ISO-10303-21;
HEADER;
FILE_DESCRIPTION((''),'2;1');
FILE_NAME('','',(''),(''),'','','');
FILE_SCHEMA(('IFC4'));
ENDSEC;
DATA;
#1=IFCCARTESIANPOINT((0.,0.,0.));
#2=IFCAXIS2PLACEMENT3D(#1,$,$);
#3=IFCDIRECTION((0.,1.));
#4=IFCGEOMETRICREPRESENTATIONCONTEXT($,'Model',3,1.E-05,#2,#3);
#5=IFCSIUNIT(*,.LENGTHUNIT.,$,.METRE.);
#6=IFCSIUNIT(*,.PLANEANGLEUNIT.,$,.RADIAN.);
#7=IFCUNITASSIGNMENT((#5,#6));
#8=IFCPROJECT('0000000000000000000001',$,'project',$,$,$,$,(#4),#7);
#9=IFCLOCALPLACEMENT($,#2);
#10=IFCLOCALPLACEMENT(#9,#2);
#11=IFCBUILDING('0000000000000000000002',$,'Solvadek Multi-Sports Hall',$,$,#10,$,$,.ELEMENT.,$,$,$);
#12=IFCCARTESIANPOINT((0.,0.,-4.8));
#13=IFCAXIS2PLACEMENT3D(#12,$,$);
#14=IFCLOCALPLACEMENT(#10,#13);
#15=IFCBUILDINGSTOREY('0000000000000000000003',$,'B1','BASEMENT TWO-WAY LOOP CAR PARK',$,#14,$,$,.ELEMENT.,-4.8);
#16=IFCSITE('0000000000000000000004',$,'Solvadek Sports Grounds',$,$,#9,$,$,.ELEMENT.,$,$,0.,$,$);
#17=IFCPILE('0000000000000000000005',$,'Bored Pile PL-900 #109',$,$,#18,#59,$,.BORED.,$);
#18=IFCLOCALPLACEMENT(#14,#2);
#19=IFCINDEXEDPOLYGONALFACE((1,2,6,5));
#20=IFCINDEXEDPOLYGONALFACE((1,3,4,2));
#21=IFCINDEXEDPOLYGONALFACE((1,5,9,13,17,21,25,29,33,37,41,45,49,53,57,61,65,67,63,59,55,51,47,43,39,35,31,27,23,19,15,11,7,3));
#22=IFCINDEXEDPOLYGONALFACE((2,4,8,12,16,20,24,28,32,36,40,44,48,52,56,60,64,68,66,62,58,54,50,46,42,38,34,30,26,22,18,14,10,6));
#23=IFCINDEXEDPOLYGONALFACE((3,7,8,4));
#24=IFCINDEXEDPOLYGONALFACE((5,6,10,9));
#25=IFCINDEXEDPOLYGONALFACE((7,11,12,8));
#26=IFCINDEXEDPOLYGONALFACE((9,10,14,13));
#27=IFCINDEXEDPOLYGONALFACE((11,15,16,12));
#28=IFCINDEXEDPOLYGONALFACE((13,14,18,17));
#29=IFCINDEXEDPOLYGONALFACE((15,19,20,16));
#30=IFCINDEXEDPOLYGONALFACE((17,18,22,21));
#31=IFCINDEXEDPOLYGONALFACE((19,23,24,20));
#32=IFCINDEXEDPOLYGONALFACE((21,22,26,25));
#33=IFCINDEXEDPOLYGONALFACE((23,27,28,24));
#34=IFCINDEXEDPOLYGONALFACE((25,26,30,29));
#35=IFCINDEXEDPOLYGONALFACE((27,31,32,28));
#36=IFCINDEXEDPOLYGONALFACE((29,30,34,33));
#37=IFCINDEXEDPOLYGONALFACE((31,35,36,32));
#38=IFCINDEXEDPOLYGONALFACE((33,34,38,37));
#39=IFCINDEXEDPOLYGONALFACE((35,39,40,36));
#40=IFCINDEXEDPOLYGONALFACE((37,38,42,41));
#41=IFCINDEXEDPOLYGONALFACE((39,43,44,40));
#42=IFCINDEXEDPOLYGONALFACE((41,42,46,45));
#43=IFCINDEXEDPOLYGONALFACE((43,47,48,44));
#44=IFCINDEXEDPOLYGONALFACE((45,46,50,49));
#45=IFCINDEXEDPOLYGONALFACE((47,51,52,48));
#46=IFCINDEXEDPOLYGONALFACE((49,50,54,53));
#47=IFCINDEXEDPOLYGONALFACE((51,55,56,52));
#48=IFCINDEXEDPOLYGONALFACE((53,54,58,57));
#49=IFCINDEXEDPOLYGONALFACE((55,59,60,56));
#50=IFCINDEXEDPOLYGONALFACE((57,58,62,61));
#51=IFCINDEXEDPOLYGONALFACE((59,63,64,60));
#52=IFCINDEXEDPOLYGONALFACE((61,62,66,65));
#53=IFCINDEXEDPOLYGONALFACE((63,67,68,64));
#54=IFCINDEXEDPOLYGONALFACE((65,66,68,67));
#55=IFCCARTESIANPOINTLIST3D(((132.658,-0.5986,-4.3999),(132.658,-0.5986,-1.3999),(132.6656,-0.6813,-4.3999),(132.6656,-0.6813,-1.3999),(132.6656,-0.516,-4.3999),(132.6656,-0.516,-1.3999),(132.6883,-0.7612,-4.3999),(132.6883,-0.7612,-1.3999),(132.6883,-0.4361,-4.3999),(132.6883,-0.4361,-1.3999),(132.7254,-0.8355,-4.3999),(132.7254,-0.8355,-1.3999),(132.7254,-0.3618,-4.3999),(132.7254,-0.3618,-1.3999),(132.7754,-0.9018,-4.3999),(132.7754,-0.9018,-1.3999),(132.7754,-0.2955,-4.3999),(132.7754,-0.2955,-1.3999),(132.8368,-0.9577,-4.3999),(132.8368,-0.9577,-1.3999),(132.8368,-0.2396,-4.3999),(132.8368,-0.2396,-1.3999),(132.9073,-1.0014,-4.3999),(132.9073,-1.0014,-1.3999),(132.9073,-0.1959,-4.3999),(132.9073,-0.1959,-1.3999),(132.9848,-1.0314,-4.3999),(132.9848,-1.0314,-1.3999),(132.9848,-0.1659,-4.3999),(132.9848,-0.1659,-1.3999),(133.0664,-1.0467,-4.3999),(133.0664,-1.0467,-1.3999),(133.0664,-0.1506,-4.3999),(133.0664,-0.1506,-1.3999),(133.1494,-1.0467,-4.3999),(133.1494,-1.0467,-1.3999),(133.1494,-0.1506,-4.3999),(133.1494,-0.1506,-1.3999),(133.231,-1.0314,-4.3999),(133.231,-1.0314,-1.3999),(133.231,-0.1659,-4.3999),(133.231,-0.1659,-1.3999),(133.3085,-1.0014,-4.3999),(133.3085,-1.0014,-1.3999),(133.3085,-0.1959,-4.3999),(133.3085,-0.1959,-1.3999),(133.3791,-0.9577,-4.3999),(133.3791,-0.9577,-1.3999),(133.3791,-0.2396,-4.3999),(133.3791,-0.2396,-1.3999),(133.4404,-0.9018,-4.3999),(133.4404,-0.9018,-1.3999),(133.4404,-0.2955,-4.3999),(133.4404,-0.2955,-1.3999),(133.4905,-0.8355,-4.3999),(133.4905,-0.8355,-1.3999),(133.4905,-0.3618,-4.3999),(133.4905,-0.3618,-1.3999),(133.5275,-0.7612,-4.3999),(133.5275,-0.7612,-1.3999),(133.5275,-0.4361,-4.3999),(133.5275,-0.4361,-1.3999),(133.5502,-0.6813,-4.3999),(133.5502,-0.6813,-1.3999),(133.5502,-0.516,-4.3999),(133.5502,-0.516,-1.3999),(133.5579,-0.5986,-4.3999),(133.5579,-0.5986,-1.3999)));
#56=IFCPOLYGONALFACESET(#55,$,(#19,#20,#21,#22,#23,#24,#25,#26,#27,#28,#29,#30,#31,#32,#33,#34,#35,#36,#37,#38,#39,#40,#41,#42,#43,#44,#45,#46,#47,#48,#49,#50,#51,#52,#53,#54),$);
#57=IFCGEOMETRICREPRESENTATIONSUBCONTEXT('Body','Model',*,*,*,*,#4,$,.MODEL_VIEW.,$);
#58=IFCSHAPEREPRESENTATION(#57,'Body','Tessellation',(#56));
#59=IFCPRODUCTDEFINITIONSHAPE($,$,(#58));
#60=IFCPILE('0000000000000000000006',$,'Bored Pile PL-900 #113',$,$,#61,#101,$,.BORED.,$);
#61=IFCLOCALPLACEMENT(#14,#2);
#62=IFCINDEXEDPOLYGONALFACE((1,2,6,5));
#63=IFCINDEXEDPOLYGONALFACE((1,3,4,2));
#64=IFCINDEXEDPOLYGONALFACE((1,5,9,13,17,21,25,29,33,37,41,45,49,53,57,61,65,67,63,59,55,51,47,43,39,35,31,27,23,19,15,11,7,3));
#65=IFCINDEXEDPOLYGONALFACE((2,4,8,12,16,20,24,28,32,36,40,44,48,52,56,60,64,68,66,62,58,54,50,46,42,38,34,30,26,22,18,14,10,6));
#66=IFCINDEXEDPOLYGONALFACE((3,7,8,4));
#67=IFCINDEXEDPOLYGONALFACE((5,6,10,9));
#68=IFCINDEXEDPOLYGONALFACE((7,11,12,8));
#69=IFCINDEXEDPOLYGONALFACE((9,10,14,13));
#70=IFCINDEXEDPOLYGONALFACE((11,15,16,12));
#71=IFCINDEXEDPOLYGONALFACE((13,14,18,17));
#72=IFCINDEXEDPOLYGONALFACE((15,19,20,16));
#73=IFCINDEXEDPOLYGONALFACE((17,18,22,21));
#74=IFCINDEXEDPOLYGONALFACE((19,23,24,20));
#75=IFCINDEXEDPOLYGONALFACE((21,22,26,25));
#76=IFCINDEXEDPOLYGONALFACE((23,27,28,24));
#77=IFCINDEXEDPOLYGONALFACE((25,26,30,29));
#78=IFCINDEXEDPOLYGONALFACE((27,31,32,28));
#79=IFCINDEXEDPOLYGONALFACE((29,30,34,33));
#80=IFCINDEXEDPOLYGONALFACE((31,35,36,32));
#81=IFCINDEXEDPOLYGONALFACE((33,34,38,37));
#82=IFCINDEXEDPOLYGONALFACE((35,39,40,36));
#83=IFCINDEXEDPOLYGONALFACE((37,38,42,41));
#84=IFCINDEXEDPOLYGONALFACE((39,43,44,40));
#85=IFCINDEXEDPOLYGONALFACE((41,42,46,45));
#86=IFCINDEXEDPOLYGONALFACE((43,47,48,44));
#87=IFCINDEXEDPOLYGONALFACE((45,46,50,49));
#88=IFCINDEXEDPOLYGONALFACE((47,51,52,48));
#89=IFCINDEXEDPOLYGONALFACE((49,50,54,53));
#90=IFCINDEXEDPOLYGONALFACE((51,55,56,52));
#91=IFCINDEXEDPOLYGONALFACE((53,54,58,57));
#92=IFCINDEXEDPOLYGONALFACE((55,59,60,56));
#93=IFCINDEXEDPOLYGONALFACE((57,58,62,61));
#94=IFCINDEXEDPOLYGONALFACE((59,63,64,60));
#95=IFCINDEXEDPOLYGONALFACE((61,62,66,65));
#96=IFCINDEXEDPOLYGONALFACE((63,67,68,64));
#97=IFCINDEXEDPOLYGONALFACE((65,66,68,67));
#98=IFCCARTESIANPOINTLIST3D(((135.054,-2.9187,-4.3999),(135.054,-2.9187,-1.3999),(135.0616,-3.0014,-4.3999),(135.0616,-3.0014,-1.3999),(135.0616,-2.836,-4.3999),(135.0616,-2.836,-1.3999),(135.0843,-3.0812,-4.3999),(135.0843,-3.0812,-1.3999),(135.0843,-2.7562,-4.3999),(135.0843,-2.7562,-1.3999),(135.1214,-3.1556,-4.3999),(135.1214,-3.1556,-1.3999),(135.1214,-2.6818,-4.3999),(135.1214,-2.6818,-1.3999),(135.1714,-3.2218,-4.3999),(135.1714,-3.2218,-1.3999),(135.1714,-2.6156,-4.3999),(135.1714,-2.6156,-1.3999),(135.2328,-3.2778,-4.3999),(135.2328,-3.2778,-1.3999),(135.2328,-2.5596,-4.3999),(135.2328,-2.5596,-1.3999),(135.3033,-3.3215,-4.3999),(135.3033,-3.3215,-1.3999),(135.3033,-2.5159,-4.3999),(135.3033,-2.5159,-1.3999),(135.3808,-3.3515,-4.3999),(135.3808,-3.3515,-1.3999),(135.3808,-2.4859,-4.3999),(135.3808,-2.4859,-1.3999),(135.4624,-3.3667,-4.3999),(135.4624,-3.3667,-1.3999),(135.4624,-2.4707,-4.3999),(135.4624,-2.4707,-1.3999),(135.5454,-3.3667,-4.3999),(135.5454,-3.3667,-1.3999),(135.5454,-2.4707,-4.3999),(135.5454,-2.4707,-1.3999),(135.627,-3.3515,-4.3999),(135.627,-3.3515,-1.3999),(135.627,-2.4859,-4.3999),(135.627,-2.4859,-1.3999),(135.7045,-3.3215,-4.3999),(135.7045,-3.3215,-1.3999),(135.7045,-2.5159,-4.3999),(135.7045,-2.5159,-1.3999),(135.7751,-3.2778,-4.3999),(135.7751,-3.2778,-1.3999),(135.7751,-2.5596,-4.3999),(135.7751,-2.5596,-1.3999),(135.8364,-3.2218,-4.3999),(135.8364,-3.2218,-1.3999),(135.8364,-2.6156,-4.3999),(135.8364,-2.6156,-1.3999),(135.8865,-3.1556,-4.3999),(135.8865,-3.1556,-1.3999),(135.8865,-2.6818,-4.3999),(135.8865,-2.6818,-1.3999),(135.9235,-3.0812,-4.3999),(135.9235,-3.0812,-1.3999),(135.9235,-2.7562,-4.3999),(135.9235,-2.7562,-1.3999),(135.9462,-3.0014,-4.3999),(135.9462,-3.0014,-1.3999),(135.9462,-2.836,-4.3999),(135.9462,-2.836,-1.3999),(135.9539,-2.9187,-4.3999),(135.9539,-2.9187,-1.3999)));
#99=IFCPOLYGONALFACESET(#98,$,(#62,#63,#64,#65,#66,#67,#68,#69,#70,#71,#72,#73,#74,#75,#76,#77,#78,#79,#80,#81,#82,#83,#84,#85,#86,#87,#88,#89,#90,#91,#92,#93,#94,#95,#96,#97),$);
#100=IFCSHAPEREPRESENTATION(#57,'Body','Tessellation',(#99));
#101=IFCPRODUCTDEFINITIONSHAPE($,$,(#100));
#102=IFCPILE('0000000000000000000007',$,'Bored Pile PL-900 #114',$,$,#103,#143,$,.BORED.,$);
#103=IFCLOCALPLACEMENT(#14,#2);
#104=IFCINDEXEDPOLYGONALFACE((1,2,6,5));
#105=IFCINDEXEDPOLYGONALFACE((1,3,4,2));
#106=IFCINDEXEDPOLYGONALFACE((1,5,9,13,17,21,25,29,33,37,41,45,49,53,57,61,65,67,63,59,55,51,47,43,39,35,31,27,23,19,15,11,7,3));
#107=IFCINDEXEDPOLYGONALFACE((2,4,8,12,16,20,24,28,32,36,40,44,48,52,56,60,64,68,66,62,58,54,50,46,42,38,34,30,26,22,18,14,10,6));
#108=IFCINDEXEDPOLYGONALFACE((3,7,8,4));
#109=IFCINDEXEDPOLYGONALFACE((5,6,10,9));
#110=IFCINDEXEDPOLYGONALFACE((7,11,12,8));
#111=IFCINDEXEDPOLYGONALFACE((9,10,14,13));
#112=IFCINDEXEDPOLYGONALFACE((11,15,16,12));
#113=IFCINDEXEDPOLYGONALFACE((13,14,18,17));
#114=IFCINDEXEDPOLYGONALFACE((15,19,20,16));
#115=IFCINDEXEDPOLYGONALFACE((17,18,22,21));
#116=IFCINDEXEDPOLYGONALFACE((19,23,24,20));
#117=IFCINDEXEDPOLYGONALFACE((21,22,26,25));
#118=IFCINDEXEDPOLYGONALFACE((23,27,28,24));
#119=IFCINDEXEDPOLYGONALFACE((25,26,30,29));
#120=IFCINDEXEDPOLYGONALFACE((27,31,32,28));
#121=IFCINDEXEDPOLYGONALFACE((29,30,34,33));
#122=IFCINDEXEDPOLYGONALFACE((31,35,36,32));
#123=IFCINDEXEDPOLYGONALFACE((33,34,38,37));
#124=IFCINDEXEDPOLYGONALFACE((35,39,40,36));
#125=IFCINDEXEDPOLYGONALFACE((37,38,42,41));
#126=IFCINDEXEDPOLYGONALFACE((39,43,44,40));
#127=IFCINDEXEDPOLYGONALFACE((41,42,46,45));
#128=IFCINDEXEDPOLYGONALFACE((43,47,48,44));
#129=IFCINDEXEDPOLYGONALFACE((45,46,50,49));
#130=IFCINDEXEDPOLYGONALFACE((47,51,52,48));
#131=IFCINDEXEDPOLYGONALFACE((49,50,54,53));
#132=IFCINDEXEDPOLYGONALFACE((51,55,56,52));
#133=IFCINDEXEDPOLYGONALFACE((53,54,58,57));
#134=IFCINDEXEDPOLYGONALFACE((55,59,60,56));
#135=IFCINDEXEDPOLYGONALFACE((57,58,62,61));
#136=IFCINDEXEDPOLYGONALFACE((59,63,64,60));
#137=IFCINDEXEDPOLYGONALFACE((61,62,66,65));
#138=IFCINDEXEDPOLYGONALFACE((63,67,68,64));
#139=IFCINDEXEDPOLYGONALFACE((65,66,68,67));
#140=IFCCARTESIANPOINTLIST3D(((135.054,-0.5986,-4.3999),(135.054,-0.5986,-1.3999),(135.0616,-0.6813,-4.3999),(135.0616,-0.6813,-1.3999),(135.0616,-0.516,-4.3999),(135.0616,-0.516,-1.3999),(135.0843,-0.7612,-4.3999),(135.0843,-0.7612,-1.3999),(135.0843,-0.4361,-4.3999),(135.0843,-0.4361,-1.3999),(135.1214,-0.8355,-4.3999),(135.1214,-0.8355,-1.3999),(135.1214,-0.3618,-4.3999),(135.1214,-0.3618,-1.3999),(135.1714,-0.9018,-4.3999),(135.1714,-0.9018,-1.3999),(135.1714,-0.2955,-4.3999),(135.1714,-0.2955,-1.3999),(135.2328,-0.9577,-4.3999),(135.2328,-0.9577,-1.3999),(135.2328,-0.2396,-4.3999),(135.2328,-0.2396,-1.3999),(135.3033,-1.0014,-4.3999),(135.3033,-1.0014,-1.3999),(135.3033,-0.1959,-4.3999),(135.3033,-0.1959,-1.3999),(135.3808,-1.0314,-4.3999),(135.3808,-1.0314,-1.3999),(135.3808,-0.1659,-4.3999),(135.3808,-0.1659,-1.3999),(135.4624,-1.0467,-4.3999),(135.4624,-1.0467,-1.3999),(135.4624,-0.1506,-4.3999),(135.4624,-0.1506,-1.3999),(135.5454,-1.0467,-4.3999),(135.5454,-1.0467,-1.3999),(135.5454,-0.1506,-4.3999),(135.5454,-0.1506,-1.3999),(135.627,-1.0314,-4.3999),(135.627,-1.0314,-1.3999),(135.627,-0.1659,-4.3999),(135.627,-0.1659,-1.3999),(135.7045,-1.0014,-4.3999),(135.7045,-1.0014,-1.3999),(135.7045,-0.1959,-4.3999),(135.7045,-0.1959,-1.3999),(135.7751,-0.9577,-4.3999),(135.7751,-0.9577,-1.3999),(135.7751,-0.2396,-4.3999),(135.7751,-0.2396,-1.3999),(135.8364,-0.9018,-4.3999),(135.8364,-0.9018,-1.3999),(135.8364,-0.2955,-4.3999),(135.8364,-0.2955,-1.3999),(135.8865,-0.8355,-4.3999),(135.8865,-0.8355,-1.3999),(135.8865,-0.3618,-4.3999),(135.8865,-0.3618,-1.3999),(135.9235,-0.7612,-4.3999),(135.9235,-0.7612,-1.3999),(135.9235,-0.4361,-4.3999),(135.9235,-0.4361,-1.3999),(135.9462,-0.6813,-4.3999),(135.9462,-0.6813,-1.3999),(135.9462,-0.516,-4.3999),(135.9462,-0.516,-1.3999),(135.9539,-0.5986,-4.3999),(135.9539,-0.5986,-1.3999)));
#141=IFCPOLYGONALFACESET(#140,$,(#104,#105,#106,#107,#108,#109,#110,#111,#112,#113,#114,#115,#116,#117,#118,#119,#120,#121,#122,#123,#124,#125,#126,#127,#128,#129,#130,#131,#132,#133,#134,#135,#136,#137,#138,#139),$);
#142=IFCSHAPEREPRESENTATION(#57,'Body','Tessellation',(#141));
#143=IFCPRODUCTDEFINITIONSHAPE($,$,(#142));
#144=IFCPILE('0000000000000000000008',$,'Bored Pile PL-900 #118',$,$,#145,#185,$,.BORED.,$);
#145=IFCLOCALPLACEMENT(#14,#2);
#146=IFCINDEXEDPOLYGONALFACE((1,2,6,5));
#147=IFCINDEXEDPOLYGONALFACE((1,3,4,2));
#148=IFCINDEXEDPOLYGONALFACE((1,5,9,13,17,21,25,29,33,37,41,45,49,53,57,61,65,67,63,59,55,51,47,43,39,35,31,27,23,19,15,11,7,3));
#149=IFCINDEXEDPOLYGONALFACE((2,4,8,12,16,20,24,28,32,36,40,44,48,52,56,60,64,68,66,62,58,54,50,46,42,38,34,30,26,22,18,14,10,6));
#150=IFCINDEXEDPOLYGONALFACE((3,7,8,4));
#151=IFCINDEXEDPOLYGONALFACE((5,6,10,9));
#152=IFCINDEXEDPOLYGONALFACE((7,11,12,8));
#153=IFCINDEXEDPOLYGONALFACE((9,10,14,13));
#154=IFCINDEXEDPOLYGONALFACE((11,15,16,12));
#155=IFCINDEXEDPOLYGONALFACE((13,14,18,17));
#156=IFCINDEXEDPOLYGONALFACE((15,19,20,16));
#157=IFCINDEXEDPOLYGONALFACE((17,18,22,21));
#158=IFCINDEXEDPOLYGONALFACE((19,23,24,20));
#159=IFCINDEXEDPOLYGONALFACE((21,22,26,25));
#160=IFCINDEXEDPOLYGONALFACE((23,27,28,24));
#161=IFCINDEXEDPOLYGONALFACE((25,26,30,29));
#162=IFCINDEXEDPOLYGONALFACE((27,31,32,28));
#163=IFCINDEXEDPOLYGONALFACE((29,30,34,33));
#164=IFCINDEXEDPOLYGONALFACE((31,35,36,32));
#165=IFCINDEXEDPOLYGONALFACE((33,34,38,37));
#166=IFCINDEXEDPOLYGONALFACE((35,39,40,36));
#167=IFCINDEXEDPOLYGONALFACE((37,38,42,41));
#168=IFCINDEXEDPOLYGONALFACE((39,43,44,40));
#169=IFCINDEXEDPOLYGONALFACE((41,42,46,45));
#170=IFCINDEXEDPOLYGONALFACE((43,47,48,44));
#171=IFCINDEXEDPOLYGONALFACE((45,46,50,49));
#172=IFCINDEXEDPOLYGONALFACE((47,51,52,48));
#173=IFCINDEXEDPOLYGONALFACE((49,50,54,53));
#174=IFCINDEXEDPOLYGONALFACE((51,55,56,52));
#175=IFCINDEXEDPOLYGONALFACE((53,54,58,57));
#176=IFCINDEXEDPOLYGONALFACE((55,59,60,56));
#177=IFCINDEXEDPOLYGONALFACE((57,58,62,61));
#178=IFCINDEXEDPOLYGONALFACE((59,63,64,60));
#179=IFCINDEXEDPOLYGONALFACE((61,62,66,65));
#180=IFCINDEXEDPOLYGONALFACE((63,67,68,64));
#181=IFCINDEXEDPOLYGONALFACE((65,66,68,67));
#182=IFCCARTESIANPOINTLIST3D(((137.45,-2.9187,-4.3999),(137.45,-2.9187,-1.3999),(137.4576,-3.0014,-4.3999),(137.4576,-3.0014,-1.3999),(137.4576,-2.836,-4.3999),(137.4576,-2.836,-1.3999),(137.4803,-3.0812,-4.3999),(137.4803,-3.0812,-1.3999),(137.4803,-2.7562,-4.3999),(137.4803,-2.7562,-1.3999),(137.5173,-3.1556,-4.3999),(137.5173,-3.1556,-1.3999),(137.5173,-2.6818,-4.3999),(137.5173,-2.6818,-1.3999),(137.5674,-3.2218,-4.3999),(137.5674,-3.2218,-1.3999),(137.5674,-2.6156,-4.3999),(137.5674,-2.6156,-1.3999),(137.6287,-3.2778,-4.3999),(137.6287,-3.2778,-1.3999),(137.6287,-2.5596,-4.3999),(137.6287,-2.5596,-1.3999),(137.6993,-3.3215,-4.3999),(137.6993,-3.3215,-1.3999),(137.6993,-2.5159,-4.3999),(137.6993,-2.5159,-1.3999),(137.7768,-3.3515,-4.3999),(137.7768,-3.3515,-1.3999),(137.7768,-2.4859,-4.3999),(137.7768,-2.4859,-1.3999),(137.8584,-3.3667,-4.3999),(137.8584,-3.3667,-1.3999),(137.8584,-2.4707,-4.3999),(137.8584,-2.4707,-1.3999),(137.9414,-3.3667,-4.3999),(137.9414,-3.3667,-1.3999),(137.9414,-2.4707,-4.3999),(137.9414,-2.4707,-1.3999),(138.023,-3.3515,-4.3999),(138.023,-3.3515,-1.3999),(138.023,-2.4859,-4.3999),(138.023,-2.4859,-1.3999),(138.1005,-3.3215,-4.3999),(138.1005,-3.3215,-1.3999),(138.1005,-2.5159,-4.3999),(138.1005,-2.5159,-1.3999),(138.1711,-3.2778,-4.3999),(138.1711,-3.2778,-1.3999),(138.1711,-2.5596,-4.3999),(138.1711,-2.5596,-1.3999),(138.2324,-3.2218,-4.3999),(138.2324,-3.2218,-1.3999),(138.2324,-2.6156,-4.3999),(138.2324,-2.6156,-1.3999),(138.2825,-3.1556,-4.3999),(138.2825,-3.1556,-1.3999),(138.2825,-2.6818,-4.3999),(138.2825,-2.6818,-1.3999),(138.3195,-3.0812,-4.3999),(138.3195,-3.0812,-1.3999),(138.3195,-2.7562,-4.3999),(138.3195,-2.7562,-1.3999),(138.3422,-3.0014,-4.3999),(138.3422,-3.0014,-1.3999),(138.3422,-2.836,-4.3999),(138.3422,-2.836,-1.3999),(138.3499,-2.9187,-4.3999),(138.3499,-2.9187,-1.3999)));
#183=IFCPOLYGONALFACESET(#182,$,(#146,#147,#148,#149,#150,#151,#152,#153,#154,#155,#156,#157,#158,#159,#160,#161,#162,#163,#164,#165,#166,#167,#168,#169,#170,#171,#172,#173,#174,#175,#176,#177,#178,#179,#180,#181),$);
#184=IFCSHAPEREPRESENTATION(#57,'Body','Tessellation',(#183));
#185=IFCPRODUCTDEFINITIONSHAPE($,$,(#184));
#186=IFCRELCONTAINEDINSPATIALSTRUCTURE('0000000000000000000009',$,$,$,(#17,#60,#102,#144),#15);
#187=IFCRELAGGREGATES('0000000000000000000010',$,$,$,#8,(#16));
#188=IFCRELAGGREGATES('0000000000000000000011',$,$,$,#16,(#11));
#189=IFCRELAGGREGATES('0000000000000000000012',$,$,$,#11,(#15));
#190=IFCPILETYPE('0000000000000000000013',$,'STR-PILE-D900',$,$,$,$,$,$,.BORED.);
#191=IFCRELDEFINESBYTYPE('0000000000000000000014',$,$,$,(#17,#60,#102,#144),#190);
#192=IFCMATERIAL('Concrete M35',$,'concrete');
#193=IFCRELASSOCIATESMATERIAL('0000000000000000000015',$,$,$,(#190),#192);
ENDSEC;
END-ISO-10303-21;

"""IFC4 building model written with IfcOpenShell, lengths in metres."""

from ifc_helpers import new_model, si_unit, direction, frame, origin, origin_2d, place, context, subcontext, project, spatial, circle, extrude, material, material_profile, profile_set, type_object, element, save


model = new_model("IFC4")

# Units and contexts
model_context = context("Model", 3, precision=1e-05, world=origin(), true_north=direction((0.0, 1.0)))
body_context = subcontext(model_context, "Body", "Model", "MODEL_VIEW")
ifc_project = project(units=[si_unit("LENGTHUNIT", "METRE"), si_unit("PLANEANGLEUNIT", "RADIAN")], contexts=[model_context])

# Site, building, storey
site_placement = place(None, origin())
site = spatial("IfcSite", under=ifc_project, at=site_placement, Name="Solvadek Sports Grounds", CompositionType="ELEMENT", RefElevation=0.0)
building_placement = place(site_placement, origin())
building = spatial("IfcBuilding", under=site, at=building_placement, Name="Solvadek Multi-Sports Hall", CompositionType="ELEMENT")
storey_placement = place(building_placement, frame((0.0, 0.0, -4.8)))
storey = spatial("IfcBuildingStorey", under=building, at=storey_placement, Name="B1", Description="BASEMENT TWO-WAY LOOP CAR PARK", CompositionType="ELEMENT", Elevation=-4.8)

# Piles
ifc_material_1 = material(Name="Concrete M35", Category="concrete")
ifc_material_profile_1 = material_profile(ifc_material_1, circle(Radius=0.45, at=origin_2d()), Name="BORED PILE D900")
ifc_profile_set_1 = profile_set([ifc_material_profile_1], Name="Concrete M35")
pile_type_1 = type_object("IfcPileType", Name="STR-PILE-D900", PredefinedType="BORED", material=ifc_profile_set_1)
for number, where, z_axis, x_axis, name in (
    (1, (133.1079, -0.5986, -1.3999), (0.0, 0.0, -1.0), (1.0, 0.0, 0.0), "Bored Pile PL-900 #109"),
    (2, (135.5039, -2.9187, -1.3999), (0.0, 0.0, -1.0), (1.0, 0.0, 0.0), "Bored Pile PL-900 #113"),
    (3, (135.5039, -0.5986, -1.3999), (0.0, 0.0, -1.0), (1.0, 0.0, 0.0), "Bored Pile PL-900 #114"),
    (4, (137.8999, -2.9187, -1.3999), (0.0, 0.0, -1.0), (1.0, 0.0, 0.0), "Bored Pile PL-900 #118"),
):
    element("IfcPile", number, at=place(storey_placement, frame(where, z_axis=z_axis, x_axis=x_axis)), inside=storey, type_object=pile_type_1, Name=name, PredefinedType="BORED", context=body_context, shape_type="SweptSolid", body=[
        extrude(circle(Radius=0.45, at=origin_2d()), origin(), (0.0, 0.0, 1.0), 3.0),
    ])

save(model, "model.ifc")
